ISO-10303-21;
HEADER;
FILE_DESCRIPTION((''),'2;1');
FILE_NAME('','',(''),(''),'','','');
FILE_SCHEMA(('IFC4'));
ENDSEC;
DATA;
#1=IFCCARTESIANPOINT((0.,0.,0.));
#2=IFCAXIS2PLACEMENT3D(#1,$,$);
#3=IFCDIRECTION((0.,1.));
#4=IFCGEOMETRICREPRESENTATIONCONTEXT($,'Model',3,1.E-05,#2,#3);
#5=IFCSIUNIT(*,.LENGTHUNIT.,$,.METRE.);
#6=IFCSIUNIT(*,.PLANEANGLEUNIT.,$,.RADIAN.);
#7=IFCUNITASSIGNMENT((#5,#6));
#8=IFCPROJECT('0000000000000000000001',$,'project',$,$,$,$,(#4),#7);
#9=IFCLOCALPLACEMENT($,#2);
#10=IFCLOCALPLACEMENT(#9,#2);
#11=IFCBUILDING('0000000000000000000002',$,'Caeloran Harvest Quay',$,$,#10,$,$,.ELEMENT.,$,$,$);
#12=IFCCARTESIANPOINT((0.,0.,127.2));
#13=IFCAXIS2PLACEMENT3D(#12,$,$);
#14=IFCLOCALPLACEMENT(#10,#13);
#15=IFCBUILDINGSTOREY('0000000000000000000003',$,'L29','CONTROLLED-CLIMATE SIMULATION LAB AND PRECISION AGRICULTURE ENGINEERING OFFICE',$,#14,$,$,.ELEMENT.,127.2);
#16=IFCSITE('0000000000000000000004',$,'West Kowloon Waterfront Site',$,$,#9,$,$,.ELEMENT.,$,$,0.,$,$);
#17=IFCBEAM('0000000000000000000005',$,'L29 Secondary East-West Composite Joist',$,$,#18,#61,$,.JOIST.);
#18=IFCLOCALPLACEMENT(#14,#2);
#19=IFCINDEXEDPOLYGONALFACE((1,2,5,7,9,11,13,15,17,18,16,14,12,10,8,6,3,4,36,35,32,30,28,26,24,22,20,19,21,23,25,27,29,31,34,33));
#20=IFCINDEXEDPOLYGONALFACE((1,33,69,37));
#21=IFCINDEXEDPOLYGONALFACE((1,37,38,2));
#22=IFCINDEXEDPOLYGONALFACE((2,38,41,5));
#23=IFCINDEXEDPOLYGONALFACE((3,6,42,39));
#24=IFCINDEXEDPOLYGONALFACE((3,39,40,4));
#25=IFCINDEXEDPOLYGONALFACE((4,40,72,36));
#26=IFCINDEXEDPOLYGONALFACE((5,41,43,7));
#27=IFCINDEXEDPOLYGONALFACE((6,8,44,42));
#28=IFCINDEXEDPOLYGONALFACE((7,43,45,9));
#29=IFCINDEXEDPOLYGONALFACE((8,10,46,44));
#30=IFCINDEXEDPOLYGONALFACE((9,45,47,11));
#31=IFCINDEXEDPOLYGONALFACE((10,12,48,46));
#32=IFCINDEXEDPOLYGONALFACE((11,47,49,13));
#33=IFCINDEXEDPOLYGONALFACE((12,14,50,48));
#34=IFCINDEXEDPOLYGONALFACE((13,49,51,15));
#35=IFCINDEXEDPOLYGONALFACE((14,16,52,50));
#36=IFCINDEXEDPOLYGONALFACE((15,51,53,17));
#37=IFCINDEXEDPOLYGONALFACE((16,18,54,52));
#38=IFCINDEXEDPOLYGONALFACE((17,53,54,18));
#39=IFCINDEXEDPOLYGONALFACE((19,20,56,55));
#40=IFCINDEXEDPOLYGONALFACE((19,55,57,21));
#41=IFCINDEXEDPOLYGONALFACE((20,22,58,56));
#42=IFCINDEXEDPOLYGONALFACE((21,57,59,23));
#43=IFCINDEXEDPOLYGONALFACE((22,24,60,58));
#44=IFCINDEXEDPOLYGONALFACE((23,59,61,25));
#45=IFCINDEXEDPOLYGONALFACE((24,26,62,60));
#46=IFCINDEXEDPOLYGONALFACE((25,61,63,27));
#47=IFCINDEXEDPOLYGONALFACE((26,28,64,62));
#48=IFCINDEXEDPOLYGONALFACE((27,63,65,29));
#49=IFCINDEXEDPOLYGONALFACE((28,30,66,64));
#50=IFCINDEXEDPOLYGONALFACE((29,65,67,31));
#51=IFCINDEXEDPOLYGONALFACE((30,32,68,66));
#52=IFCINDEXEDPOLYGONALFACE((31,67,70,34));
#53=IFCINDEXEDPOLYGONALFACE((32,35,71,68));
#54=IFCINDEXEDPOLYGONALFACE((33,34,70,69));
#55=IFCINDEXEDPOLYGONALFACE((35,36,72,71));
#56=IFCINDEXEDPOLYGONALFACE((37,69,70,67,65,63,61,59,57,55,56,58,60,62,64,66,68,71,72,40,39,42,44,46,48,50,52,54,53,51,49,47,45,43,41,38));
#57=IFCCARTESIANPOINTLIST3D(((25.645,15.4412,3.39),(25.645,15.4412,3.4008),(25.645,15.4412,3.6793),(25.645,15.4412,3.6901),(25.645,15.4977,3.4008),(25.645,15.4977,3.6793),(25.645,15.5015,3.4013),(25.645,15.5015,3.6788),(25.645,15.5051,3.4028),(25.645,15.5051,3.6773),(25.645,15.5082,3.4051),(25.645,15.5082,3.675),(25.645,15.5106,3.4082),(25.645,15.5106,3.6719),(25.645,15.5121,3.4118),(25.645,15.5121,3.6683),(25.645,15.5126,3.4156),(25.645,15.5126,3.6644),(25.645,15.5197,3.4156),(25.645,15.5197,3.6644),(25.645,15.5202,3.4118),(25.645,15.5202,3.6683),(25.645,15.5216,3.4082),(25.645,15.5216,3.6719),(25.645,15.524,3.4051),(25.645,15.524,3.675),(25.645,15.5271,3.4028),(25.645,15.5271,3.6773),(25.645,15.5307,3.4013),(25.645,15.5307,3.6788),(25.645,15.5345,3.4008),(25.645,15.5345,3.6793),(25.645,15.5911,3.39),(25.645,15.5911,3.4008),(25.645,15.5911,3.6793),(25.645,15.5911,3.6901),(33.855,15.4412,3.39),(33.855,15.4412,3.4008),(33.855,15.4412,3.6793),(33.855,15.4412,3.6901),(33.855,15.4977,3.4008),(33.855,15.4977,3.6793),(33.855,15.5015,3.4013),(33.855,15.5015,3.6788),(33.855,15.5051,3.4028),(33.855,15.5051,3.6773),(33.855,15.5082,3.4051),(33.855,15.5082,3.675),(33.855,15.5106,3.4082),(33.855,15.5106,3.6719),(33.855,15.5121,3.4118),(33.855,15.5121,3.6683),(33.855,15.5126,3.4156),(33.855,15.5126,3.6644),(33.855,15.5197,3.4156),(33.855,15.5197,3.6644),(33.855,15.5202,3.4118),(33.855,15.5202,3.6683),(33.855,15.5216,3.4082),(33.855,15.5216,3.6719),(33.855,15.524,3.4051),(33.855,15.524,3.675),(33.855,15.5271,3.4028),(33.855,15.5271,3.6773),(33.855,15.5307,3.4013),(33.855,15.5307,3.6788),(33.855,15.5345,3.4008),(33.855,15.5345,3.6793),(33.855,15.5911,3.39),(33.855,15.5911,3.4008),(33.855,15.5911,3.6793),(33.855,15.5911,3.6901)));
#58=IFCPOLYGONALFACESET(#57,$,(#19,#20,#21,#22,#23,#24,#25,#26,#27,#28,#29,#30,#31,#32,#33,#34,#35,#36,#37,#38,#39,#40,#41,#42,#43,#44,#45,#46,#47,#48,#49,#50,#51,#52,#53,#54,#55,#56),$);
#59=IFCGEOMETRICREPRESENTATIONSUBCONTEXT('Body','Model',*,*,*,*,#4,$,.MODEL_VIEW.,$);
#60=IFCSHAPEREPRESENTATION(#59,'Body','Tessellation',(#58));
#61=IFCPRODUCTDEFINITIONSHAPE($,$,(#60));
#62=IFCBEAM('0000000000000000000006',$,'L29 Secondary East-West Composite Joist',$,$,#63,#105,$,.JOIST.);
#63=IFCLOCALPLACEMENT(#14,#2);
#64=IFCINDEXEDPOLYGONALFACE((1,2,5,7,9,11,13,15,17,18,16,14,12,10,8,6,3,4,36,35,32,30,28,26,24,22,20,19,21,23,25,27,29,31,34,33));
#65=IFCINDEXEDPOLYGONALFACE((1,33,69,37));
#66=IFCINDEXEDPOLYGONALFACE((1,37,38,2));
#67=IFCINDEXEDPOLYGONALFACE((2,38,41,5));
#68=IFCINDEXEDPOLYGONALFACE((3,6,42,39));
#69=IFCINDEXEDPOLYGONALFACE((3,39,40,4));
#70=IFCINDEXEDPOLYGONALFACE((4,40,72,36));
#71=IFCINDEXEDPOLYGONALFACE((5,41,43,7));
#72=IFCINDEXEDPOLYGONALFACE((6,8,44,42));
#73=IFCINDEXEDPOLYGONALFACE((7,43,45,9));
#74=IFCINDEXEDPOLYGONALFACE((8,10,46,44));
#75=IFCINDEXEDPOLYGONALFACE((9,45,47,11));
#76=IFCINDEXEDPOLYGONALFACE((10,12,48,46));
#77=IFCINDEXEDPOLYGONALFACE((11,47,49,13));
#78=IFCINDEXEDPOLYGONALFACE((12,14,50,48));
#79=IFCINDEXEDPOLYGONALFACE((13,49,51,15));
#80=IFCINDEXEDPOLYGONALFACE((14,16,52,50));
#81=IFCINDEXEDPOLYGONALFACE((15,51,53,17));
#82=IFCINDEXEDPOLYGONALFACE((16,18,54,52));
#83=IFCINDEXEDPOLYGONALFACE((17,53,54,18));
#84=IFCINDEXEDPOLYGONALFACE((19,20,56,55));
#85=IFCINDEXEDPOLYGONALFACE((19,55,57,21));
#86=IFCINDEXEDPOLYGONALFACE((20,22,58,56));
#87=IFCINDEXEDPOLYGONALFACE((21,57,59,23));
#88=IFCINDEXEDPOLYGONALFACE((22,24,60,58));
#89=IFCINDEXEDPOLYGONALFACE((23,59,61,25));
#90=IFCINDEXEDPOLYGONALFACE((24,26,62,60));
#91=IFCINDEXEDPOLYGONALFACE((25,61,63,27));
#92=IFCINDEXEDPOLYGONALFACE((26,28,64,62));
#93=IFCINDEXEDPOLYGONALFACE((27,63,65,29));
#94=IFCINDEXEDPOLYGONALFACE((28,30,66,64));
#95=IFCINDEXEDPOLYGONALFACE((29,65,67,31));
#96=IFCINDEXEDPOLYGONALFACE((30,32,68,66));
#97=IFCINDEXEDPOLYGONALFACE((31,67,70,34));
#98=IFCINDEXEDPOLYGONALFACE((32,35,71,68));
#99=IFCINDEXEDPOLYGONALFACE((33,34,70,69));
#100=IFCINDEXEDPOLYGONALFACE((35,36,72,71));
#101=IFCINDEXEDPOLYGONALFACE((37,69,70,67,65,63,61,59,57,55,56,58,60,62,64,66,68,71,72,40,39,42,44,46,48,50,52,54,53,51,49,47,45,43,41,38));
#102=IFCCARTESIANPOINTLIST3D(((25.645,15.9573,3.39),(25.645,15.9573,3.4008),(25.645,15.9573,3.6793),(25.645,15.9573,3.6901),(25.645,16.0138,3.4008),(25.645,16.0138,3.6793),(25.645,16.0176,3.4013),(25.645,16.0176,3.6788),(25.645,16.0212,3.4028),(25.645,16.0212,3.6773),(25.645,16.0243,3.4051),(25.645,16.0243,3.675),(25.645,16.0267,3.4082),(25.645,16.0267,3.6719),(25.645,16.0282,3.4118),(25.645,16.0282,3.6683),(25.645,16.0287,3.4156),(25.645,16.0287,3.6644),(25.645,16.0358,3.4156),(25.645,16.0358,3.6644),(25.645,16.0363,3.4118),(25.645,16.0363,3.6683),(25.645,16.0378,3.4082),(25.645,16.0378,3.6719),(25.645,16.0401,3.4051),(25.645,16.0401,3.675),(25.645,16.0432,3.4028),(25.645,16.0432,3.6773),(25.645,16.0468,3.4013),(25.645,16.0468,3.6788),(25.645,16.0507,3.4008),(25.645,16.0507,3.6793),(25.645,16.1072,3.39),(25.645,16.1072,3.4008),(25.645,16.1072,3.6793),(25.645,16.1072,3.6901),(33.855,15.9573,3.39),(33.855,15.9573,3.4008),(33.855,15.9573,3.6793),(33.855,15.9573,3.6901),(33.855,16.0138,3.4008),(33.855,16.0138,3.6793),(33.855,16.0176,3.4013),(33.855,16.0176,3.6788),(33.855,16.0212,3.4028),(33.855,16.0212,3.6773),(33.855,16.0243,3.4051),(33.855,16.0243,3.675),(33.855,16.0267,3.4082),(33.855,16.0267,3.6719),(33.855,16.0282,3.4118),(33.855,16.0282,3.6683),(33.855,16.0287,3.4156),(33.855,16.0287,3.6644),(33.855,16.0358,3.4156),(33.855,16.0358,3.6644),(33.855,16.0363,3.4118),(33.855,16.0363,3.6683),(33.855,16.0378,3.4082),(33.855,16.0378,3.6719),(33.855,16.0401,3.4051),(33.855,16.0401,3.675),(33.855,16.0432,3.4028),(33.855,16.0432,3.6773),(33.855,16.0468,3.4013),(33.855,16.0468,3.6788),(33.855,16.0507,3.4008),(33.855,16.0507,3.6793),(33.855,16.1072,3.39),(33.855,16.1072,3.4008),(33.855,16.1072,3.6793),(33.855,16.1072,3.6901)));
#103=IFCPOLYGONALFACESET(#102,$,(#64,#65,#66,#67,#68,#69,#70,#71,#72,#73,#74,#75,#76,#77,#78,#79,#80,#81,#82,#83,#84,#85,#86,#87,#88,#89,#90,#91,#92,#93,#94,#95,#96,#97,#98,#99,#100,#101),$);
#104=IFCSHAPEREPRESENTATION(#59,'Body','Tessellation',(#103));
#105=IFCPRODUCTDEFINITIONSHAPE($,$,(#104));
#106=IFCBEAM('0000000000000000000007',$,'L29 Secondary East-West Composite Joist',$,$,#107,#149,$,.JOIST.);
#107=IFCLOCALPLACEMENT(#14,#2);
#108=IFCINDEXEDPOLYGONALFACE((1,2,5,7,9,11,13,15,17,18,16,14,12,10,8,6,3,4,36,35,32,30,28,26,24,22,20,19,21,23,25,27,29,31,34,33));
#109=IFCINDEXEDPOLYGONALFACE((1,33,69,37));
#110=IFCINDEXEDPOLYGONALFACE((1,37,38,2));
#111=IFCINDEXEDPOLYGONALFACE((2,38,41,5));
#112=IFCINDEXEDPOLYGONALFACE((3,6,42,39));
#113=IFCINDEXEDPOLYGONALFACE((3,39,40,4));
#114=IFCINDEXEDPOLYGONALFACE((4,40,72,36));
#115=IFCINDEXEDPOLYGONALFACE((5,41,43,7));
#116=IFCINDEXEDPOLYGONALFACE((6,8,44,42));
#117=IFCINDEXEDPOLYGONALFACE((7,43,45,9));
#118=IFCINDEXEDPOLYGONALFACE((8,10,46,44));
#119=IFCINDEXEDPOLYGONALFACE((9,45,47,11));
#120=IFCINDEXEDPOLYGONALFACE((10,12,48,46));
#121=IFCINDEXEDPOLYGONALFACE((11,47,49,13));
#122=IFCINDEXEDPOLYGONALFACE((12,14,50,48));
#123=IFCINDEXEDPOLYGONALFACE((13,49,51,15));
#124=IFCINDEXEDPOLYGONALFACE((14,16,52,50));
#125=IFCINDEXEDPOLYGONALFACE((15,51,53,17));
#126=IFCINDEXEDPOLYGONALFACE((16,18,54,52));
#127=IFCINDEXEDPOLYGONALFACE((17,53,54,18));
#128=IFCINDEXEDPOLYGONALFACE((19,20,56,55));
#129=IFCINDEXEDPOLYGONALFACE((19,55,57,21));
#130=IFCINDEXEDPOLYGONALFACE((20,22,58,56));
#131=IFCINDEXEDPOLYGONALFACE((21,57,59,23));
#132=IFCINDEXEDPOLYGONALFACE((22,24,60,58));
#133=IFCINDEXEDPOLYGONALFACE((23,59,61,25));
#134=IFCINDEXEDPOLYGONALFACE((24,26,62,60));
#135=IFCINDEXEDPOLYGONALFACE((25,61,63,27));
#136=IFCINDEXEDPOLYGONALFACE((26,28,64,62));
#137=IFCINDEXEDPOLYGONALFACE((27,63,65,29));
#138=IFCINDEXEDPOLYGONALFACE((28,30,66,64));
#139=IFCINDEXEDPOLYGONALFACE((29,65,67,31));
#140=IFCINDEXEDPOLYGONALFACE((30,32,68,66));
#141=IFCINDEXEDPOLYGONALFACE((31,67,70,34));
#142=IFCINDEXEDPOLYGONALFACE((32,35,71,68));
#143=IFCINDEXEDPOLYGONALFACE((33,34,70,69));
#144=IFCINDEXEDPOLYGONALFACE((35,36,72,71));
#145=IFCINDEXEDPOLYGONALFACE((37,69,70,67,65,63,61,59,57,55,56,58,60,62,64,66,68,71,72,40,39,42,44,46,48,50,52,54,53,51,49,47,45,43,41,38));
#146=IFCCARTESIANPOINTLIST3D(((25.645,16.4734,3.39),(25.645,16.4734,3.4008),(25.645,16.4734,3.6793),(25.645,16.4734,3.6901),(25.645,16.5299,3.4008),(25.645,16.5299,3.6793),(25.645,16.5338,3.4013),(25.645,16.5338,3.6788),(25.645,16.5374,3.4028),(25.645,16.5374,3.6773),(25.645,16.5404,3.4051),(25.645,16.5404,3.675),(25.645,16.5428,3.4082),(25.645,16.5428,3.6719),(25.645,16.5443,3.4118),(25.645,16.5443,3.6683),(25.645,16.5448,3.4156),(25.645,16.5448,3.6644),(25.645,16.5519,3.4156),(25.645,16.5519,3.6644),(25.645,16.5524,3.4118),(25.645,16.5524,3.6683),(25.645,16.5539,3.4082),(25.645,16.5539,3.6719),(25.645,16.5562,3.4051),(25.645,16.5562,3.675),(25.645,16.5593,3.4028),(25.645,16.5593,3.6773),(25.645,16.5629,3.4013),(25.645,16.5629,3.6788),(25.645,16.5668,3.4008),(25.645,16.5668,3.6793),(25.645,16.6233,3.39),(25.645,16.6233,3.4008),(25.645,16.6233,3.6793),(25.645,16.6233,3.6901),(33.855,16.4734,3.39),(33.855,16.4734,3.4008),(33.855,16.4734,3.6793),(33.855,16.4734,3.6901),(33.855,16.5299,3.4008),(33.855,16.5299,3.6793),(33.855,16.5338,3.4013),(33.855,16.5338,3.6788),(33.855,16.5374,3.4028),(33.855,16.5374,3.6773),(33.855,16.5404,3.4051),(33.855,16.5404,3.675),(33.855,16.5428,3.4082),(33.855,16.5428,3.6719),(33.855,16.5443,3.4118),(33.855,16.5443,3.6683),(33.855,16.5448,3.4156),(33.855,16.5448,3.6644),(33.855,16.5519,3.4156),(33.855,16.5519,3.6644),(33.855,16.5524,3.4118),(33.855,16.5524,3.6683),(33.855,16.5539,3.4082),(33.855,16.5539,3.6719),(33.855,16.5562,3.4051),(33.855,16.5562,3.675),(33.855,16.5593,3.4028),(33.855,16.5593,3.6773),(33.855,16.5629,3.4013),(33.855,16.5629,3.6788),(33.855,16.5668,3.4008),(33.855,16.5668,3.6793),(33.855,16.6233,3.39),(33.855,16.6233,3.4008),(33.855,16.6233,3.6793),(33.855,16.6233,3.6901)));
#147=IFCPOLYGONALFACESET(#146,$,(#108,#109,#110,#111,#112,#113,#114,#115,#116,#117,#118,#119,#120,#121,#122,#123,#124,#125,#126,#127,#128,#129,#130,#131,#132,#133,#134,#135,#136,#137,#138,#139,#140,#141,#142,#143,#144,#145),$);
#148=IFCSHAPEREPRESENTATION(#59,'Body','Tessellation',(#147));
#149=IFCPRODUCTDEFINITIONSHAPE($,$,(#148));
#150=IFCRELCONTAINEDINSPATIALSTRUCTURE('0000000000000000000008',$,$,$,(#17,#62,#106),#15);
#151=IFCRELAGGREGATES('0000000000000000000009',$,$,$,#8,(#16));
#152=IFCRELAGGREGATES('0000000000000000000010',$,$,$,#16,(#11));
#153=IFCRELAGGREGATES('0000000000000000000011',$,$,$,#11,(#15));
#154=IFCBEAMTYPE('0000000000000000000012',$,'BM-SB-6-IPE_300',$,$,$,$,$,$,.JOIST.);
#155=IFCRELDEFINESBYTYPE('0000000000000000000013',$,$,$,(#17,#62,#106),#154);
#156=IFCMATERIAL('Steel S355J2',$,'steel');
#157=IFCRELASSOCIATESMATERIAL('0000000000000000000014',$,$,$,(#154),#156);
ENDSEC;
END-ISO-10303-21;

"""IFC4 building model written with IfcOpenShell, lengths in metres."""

from ifc_helpers import new_model, si_unit, direction, frame, origin, origin_2d, place, context, subcontext, project, spatial, i_section, extrude, material, material_profile, profile_set, type_object, element, save


model = new_model("IFC4")

# Units and contexts
model_context = context("Model", 3, precision=1e-05, world=origin(), true_north=direction((0.0, 1.0)))
body_context = subcontext(model_context, "Body", "Model", "MODEL_VIEW")
ifc_project = project(units=[si_unit("LENGTHUNIT", "METRE"), si_unit("PLANEANGLEUNIT", "RADIAN")], contexts=[model_context])

# Site, building, storey
site_placement = place(None, origin())
site = spatial("IfcSite", under=ifc_project, at=site_placement, Name="West Kowloon Waterfront Site", CompositionType="ELEMENT", RefElevation=0.0)
building_placement = place(site_placement, origin())
building = spatial("IfcBuilding", under=site, at=building_placement, Name="Caeloran Harvest Quay", CompositionType="ELEMENT")
storey_placement = place(building_placement, frame((0.0, 0.0, 127.2)))
storey = spatial("IfcBuildingStorey", under=building, at=storey_placement, Name="L29", Description="CONTROLLED-CLIMATE SIMULATION LAB AND PRECISION AGRICULTURE ENGINEERING OFFICE", CompositionType="ELEMENT", Elevation=127.2)

# Beams
ifc_material_1 = material(Name="Steel S355J2", Category="steel")
ifc_material_profile_1 = material_profile(ifc_material_1, i_section(OverallWidth=0.1499, OverallDepth=0.3, WebThickness=0.0071, FlangeThickness=0.0107, FilletRadius=0.0149, at=origin_2d()), Name="IPE 300")
ifc_profile_set_1 = profile_set([ifc_material_profile_1], Name="Steel S355J2")
beam_type_1 = type_object("IfcBeamType", Name="BM-SB-6-IPE_300", PredefinedType="JOIST", material=ifc_profile_set_1)
for number, where, z_axis, x_axis, name in (
    (1, (25.645, 15.5161, 3.54), (1.0, 0.0, 0.0), (0.0, 1.0, 0.0), "L29 Secondary East-West Composite Joist"),
    (2, (25.645, 16.0322, 3.54), (1.0, 0.0, 0.0), (0.0, 1.0, 0.0), "L29 Secondary East-West Composite Joist"),
    (3, (25.645, 16.5483, 3.54), (1.0, 0.0, 0.0), (0.0, 1.0, 0.0), "L29 Secondary East-West Composite Joist"),
):
    element("IfcBeam", number, at=place(storey_placement, frame(where, z_axis=z_axis, x_axis=x_axis)), inside=storey, type_object=beam_type_1, Name=name, PredefinedType="JOIST", context=body_context, shape_type="SweptSolid", body=[
        extrude(i_section(OverallWidth=0.1499, OverallDepth=0.3, WebThickness=0.0071, FlangeThickness=0.0107, FilletRadius=0.0149, at=origin_2d()), origin(), (0.0, 0.0, 1.0), 8.21),
    ])

save(model, "model.ifc")
